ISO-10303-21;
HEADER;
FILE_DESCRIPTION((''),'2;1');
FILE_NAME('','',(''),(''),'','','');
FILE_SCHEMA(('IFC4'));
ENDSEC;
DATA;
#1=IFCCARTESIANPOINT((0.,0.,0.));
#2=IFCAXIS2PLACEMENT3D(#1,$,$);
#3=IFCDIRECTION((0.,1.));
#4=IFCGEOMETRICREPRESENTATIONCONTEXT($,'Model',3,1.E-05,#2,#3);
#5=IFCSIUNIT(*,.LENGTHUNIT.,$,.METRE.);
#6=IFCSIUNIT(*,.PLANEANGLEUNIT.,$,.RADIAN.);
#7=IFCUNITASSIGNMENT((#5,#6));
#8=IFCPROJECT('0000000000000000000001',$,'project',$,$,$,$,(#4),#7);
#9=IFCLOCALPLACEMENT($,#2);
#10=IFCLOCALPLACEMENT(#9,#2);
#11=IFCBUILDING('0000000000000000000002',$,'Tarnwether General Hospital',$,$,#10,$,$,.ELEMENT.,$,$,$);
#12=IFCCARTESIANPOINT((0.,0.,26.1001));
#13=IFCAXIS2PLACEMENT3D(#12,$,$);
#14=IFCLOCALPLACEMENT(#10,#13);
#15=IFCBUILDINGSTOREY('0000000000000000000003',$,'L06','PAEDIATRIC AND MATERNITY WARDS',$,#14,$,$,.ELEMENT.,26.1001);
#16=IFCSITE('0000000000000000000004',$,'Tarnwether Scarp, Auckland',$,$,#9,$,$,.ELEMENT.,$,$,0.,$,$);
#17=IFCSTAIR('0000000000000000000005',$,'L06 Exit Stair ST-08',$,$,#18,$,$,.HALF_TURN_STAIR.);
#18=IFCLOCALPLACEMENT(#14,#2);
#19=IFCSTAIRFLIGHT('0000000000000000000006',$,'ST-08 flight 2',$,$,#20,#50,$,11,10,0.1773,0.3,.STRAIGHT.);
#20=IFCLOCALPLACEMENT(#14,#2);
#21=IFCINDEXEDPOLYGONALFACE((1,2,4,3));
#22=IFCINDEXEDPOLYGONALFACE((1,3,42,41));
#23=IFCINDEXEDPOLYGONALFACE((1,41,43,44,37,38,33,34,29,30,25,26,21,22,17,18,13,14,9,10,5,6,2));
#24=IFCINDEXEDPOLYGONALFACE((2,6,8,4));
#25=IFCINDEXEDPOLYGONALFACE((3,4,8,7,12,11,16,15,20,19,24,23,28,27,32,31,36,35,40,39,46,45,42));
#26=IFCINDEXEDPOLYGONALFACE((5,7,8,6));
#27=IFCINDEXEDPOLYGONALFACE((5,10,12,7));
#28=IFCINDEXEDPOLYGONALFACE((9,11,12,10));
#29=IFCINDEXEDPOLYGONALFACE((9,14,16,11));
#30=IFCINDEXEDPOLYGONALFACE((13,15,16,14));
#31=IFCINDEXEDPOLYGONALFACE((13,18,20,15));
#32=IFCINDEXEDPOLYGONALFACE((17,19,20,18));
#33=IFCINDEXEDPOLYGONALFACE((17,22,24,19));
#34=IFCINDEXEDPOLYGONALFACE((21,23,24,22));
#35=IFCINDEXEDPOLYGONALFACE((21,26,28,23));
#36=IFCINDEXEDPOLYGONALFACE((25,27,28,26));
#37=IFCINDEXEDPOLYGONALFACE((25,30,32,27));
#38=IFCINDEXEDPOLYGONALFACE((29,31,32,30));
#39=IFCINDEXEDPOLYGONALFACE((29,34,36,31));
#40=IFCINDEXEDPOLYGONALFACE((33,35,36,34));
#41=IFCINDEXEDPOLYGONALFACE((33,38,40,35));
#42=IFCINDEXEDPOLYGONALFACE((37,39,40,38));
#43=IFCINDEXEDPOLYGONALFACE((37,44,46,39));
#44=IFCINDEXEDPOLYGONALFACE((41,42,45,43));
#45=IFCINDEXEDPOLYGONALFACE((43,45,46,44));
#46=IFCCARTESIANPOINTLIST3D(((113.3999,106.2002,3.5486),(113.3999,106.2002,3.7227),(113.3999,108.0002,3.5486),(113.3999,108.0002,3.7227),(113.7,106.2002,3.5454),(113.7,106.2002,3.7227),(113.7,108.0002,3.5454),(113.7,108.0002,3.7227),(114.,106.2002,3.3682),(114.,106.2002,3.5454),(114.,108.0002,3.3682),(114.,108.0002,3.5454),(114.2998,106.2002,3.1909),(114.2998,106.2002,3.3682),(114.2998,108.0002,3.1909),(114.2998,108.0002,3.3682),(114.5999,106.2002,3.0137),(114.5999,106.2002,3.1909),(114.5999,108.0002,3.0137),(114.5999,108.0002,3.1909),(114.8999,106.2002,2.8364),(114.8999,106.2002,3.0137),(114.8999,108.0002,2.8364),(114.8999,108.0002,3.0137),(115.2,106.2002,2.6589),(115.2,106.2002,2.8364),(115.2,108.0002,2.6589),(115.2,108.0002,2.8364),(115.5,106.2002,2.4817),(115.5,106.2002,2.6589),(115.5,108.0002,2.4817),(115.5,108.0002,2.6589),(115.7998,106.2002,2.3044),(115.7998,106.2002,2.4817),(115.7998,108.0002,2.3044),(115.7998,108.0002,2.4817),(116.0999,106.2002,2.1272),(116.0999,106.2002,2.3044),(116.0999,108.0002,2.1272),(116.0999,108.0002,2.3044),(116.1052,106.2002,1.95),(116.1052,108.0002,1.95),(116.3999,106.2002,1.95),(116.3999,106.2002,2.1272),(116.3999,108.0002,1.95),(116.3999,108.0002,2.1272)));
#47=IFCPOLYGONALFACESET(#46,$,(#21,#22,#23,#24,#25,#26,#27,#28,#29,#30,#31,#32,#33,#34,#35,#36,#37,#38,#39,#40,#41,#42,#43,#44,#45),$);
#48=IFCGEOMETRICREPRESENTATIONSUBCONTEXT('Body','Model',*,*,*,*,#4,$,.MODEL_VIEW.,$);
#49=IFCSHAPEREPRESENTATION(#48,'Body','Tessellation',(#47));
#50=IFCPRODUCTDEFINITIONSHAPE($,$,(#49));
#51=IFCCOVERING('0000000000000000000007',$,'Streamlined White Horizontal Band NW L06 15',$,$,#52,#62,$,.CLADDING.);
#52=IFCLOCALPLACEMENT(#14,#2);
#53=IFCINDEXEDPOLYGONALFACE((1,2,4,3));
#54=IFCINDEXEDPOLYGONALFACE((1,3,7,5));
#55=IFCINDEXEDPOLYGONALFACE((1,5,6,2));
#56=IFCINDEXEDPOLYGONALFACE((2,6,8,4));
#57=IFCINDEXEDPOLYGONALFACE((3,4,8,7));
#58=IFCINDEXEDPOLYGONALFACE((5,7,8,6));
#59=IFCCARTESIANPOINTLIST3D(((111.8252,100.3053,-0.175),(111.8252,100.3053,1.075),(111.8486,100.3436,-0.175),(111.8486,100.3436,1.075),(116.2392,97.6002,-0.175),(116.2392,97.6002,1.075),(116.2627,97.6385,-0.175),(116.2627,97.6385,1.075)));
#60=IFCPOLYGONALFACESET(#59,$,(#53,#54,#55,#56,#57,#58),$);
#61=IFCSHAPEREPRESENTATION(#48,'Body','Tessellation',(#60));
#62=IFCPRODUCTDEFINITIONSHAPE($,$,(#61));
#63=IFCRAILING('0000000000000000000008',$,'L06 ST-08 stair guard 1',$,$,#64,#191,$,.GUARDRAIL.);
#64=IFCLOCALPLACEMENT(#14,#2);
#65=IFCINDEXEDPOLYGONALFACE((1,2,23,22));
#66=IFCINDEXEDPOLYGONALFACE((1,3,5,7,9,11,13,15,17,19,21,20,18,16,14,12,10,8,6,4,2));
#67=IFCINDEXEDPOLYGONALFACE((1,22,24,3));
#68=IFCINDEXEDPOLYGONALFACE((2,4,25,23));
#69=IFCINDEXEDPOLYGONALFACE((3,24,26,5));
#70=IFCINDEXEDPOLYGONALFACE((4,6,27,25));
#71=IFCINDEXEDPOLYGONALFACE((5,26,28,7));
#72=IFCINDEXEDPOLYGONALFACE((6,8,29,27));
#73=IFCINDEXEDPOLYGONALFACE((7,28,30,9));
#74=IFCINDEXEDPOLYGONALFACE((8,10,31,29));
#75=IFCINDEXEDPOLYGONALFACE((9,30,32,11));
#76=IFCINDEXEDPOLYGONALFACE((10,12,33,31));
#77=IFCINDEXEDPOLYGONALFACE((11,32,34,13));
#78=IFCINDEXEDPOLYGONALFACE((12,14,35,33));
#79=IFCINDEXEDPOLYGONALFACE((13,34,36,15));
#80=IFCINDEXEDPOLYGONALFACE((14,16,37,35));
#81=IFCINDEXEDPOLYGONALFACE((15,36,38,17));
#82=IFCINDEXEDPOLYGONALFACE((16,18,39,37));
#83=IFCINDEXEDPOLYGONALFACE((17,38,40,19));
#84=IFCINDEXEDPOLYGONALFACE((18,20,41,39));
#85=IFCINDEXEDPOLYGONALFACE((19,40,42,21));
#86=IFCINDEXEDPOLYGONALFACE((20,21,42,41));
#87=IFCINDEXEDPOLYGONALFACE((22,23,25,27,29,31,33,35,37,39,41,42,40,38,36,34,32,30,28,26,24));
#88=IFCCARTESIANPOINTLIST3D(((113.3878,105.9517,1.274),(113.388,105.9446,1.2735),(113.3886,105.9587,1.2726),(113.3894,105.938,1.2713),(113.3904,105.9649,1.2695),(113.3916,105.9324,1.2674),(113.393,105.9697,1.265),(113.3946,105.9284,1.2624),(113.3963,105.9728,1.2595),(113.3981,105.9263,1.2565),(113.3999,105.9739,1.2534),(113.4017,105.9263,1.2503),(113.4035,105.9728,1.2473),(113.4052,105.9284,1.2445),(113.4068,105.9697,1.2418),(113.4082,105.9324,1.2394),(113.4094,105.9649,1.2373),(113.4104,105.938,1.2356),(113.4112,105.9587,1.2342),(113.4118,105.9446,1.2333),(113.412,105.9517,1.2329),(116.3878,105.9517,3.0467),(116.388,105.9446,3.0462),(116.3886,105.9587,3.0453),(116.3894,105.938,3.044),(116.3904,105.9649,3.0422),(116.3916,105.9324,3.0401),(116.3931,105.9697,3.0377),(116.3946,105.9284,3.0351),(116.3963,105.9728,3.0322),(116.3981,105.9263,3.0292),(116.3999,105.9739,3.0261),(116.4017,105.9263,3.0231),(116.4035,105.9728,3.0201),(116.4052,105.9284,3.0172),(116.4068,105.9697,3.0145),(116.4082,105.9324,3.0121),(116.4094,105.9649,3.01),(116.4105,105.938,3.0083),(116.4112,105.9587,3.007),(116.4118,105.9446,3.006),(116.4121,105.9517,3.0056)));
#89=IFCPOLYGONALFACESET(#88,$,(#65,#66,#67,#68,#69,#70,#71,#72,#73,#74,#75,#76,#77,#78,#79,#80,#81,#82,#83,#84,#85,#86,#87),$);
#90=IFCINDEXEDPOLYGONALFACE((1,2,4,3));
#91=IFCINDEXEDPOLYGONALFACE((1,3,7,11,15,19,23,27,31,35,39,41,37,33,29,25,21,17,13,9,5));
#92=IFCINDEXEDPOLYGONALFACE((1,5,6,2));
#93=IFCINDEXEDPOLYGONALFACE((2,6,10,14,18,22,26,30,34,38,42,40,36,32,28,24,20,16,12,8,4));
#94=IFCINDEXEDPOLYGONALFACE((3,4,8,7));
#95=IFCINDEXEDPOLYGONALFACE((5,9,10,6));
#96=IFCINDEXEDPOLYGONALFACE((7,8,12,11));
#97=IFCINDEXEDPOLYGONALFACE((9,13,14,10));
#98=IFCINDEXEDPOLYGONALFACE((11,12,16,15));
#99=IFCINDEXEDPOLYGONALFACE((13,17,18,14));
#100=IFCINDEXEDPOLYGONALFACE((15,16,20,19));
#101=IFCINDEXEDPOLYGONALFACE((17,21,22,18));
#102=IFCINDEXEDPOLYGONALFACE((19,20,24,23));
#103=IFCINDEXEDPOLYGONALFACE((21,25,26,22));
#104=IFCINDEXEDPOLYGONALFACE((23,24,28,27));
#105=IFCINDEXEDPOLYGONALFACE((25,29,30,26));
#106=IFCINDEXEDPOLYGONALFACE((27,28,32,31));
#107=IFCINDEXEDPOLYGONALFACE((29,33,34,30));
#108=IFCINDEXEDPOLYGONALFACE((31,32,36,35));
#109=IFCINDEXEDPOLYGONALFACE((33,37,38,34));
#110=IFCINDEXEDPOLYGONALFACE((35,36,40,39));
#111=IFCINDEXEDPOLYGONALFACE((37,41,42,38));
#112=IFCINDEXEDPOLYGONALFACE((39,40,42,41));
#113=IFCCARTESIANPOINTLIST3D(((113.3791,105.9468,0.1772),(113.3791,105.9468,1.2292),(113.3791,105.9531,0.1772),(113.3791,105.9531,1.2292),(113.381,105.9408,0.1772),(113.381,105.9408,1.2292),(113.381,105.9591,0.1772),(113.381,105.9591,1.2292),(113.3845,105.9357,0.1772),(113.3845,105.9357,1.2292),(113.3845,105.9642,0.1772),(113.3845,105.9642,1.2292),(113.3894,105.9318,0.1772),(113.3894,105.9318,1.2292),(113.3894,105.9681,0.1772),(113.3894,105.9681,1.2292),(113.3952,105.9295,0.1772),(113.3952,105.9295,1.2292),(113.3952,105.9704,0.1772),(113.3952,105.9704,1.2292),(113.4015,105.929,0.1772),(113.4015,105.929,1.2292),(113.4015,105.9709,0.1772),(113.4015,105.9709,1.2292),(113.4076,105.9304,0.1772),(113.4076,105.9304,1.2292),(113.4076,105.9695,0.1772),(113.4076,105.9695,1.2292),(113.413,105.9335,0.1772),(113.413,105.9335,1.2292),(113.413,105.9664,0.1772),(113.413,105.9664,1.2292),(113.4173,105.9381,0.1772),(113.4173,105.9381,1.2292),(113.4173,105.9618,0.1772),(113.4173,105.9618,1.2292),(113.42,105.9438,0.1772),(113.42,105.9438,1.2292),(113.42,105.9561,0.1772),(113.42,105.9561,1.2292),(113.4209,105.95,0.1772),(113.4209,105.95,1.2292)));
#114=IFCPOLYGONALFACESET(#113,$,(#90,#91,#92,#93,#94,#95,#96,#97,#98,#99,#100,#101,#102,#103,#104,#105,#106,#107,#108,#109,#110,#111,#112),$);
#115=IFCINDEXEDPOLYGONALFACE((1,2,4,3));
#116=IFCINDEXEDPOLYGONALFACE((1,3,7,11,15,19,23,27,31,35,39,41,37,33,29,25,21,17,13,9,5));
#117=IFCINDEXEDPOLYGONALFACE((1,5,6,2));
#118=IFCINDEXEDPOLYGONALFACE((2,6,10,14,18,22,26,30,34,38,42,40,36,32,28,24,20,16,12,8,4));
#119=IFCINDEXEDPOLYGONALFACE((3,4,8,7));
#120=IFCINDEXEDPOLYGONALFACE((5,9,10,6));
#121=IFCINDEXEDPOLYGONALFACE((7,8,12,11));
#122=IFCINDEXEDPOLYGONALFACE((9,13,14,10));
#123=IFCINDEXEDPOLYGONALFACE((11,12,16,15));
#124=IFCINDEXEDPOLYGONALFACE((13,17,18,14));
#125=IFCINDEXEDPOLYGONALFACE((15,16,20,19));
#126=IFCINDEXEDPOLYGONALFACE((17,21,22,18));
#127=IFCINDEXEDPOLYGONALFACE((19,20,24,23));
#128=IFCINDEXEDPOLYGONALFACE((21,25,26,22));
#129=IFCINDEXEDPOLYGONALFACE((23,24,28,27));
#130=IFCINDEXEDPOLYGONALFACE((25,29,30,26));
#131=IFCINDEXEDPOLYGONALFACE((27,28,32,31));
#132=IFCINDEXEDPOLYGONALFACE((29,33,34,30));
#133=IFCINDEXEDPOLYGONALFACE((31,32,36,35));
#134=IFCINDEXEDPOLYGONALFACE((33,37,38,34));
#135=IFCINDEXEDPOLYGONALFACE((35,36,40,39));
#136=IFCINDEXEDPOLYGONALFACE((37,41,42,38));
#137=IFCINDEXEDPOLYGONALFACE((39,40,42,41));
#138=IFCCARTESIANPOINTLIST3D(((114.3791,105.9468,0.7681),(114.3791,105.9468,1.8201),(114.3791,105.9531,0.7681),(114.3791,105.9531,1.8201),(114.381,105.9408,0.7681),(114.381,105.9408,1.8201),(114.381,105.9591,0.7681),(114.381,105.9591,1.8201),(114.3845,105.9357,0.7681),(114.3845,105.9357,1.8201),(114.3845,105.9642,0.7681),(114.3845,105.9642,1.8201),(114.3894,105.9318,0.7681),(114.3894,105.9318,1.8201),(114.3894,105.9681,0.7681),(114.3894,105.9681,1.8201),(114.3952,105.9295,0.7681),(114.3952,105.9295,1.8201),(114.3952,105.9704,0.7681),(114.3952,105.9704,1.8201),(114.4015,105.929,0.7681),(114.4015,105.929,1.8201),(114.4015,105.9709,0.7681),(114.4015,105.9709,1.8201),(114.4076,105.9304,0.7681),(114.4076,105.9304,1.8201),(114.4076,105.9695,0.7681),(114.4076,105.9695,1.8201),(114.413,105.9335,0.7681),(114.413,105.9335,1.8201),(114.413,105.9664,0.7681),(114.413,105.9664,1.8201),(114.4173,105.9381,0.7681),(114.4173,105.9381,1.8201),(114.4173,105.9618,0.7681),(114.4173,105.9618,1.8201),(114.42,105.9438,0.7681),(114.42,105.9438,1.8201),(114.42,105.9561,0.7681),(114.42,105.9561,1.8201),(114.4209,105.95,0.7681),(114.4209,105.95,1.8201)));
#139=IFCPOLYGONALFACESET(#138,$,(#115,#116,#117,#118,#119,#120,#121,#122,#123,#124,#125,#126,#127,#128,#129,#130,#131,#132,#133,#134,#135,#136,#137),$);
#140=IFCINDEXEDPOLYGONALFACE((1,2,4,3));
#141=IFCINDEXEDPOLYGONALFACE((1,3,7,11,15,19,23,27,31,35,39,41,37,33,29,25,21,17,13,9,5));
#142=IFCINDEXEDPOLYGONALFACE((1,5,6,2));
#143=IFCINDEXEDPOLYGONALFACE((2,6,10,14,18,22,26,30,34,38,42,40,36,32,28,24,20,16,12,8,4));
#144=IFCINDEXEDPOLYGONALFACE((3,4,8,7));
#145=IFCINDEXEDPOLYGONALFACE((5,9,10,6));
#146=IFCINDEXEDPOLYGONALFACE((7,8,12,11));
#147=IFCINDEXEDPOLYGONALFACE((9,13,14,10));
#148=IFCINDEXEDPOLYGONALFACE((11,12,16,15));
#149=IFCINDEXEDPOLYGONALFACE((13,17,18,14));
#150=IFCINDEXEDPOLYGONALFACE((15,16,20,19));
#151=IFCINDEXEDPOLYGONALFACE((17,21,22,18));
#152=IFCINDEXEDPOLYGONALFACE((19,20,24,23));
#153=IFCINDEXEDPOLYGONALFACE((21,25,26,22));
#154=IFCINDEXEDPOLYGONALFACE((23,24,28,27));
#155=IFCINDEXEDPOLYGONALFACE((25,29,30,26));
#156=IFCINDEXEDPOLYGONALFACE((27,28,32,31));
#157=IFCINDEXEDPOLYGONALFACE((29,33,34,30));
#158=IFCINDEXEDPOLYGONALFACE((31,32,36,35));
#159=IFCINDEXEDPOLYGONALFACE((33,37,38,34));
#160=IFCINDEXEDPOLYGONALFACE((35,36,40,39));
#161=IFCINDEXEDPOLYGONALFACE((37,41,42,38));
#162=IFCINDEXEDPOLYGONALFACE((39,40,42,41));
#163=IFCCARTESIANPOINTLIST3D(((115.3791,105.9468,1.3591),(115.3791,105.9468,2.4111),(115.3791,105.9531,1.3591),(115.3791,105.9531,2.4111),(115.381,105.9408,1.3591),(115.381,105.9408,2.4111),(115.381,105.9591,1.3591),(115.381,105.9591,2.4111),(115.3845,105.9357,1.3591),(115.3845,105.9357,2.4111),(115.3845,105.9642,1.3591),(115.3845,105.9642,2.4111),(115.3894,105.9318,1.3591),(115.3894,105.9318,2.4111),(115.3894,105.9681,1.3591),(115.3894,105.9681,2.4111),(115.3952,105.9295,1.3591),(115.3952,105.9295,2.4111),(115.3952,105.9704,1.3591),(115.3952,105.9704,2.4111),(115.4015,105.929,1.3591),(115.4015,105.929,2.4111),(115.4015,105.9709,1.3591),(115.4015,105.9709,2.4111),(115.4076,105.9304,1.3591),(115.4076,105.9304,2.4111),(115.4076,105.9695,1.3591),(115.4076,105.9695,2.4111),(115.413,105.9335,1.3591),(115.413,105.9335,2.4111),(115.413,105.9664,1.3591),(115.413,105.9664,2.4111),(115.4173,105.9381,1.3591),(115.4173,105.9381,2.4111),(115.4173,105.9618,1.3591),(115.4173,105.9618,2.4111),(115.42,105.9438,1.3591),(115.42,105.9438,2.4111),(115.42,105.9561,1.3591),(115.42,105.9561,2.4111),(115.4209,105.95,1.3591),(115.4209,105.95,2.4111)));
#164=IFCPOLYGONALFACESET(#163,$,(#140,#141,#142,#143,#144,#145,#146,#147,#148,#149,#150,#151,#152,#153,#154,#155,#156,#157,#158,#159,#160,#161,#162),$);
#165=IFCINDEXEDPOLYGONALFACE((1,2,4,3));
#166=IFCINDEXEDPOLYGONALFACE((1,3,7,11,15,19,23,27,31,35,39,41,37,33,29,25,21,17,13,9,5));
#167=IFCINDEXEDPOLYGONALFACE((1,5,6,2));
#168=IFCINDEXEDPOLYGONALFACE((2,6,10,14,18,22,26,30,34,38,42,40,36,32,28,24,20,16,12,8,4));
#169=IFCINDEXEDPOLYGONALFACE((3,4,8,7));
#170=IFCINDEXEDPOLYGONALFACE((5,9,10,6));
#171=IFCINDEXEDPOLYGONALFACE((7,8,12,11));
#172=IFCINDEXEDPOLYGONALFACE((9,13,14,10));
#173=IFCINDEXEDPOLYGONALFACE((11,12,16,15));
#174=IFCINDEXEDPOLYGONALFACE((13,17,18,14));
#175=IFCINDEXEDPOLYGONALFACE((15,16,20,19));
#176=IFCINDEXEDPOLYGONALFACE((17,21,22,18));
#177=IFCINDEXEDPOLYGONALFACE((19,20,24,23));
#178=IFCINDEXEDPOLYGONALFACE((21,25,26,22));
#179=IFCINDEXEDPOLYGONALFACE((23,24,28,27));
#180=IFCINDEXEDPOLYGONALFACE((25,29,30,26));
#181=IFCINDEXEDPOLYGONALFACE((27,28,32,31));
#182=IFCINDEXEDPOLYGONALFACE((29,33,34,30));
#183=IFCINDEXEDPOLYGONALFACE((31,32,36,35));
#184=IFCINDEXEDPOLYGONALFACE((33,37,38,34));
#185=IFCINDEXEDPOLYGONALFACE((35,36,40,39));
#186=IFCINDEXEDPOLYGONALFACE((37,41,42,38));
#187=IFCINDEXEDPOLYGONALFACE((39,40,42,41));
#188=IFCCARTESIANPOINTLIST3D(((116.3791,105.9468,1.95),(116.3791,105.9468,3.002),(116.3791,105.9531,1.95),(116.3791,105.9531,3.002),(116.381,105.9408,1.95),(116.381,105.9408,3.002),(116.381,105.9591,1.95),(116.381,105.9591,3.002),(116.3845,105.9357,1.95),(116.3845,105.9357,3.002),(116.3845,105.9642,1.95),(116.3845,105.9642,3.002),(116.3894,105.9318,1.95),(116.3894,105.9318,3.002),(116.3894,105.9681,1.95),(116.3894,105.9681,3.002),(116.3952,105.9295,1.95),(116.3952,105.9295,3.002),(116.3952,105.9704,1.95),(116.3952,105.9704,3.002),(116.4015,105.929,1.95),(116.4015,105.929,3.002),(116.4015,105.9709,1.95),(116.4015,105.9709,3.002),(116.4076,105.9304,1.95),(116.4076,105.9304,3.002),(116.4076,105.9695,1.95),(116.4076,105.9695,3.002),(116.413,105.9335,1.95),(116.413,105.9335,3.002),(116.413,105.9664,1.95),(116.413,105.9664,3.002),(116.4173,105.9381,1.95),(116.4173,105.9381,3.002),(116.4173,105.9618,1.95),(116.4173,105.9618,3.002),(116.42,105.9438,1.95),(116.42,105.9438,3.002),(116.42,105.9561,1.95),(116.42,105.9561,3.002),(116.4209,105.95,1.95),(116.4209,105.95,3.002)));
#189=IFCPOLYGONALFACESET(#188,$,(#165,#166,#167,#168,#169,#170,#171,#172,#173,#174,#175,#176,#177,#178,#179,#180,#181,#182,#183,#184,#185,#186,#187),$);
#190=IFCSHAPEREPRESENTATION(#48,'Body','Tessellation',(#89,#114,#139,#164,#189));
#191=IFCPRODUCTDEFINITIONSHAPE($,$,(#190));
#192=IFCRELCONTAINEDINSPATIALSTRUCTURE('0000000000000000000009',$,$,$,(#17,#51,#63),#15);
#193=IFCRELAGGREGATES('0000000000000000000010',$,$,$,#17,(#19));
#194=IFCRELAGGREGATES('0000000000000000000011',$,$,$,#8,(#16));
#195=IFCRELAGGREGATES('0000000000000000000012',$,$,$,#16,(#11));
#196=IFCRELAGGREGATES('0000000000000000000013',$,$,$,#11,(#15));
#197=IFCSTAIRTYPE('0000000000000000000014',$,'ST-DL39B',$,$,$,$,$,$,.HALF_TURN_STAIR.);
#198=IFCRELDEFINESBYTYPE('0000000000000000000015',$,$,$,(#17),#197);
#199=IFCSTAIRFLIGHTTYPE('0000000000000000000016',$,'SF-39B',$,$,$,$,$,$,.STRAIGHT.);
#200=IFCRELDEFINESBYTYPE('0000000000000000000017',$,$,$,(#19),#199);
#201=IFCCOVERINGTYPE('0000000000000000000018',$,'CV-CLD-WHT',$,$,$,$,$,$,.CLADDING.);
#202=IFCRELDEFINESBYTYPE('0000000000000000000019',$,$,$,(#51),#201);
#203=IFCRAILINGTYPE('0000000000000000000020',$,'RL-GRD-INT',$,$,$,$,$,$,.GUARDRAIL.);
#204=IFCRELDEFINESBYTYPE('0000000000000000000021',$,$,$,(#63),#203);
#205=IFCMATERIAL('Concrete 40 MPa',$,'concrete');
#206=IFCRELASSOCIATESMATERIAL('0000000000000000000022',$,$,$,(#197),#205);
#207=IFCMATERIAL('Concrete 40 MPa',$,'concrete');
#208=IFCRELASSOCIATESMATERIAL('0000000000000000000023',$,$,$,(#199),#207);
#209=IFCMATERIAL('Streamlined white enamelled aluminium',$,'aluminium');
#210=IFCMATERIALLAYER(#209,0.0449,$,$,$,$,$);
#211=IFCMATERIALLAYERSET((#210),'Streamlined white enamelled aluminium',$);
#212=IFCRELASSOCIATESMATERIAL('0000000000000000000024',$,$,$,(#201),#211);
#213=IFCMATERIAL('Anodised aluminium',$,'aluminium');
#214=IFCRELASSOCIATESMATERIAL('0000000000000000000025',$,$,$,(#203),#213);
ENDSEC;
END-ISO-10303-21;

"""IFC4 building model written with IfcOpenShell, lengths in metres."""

from ifc_helpers import new_model, si_unit, direction, frame, origin, origin_2d, place, context, subcontext, project, spatial, polyline, rectangle, circle, outline, extrude, material, layer, layer_set, type_object, element, aggregate, save


model = new_model("IFC4")

# Units and contexts
model_context = context("Model", 3, precision=1e-05, world=origin(), true_north=direction((0.0, 1.0)))
body_context = subcontext(model_context, "Body", "Model", "MODEL_VIEW")
ifc_project = project(units=[si_unit("LENGTHUNIT", "METRE"), si_unit("PLANEANGLEUNIT", "RADIAN")], contexts=[model_context])

# Site, building, storey
site_placement = place(None, origin())
site = spatial("IfcSite", under=ifc_project, at=site_placement, Name="Tarnwether Scarp, Auckland", CompositionType="ELEMENT", RefElevation=0.0)
building_placement = place(site_placement, origin())
building = spatial("IfcBuilding", under=site, at=building_placement, Name="Tarnwether General Hospital", CompositionType="ELEMENT")
storey_placement = place(building_placement, frame((0.0, 0.0, 26.1001)))
storey = spatial("IfcBuildingStorey", under=building, at=storey_placement, Name="L06", Description="PAEDIATRIC AND MATERNITY WARDS", CompositionType="ELEMENT", Elevation=26.1001)

# Stair, stair flight
ifc_material_1 = material(Name="Concrete 40 MPa", Category="concrete")
stair_type = type_object("IfcStairType", Name="ST-DL39B", PredefinedType="HALF_TURN_STAIR", material=ifc_material_1)
stair_placement = place(storey_placement, origin())
stair = element("IfcStair", 1, at=stair_placement, inside=storey, type_object=stair_type, Name="L06 Exit Stair ST-08", PredefinedType="HALF_TURN_STAIR")
ifc_material_2 = material(Name="Concrete 40 MPa", Category="concrete")
stair_flight_type = type_object("IfcStairFlightType", Name="SF-39B", PredefinedType="STRAIGHT", material=ifc_material_2)
stair_flight_1_placement = place(storey_placement, frame((116.3999, 107.1001, 1.95), z_axis=(0.0, 0.0, 1.0), x_axis=(-1.0, 0.0, 0.0)))
stair_flight_1 = element("IfcStairFlight", 2, at=stair_flight_1_placement, type_object=stair_flight_type, Name="ST-08 flight 2", NumberOfRisers=11, NumberOfTreads=10, PredefinedType="STRAIGHT", RiserHeight=0.1773, TreadLength=0.3, context=body_context, shape_type="SweptSolid", body=[
    extrude(outline(polyline([(0.0, 0.0), (0.0, 0.1772), (0.3, 0.1772), (0.3, 0.3545), (0.6001, 0.3545), (0.6001, 0.5317), (0.8999, 0.5317), (0.8999, 0.709), (1.2, 0.709), (1.2, 0.8865), (1.5, 0.8865), (1.5, 1.0637), (1.8, 1.0637), (1.8, 1.241), (2.1001, 1.241), (2.1001, 1.4182), (2.3999, 1.4182), (2.3999, 1.5955), (2.7, 1.5955), (2.7, 1.7727), (3.0, 1.7727), (3.0, 1.95), (3.0, 1.5986), (0.2947, 0.0), (0.0, 0.0)])), frame((0.0, 0.8999, 0.0), z_axis=(0.0, -1.0, 0.0), x_axis=(1.0, 0.0, 0.0)), (0.0, 0.0, 1.0), 1.8),
])
aggregate(stair, [stair_flight_1])

# Covering
ifc_material_3 = material(Name="Streamlined white enamelled aluminium", Category="aluminium")
ifc_layer_1 = layer(ifc_material_3, 0.0449)
ifc_layer_set_1 = layer_set([ifc_layer_1], Name="Streamlined white enamelled aluminium")
covering_type = type_object("IfcCoveringType", Name="CV-CLD-WHT", PredefinedType="CLADDING", material=ifc_layer_set_1)
covering_placement = place(storey_placement, frame((114.0439, 98.9719, -0.175), z_axis=(0.0, 0.0, 1.0), x_axis=(-0.852631, 0.522513, 0.0)))
element("IfcCovering", 3, at=covering_placement, inside=storey, type_object=covering_type, Name="Streamlined White Horizontal Band NW L06 15", PredefinedType="CLADDING", context=body_context, shape_type="SweptSolid", body=[
    extrude(rectangle(XDim=5.177, YDim=0.0449, at=origin_2d()), origin(), (0.0, 0.0, 1.0), 1.25),
])

# Railing
ifc_material_4 = material(Name="Anodised aluminium", Category="aluminium")
railing_type_1 = type_object("IfcRailingType", Name="RL-GRD-INT", PredefinedType="GUARDRAIL", material=ifc_material_4)
railing_1_placement = place(storey_placement, frame((113.3999, 105.95, 0.1772)))
element("IfcRailing", 4, at=railing_1_placement, inside=storey, type_object=railing_type_1, Name="L06 ST-08 stair guard 1", PredefinedType="GUARDRAIL", context=body_context, shape_type="SweptSolid", body=[
    extrude(circle(Radius=0.0239, at=origin_2d()), frame((0.0, 0.0, 1.0762), z_axis=(0.860929, 0.0, 0.508725), x_axis=(0.0, 1.0, 0.0)), (0.0, 0.0, 1.0), 3.4846),
    extrude(circle(Radius=0.021, at=origin_2d()), origin(), (0.0, 0.0, 1.0), 1.052),
    extrude(circle(Radius=0.021, at=origin_2d()), frame((1.0, 0.0, 0.5908)), (0.0, 0.0, 1.0), 1.052),
    extrude(circle(Radius=0.021, at=origin_2d()), frame((2.0, 0.0, 1.1819)), (0.0, 0.0, 1.0), 1.052),
    extrude(circle(Radius=0.021, at=origin_2d()), frame((3.0, 0.0, 1.7727)), (0.0, 0.0, 1.0), 1.052),
])

save(model, "model.ifc")
